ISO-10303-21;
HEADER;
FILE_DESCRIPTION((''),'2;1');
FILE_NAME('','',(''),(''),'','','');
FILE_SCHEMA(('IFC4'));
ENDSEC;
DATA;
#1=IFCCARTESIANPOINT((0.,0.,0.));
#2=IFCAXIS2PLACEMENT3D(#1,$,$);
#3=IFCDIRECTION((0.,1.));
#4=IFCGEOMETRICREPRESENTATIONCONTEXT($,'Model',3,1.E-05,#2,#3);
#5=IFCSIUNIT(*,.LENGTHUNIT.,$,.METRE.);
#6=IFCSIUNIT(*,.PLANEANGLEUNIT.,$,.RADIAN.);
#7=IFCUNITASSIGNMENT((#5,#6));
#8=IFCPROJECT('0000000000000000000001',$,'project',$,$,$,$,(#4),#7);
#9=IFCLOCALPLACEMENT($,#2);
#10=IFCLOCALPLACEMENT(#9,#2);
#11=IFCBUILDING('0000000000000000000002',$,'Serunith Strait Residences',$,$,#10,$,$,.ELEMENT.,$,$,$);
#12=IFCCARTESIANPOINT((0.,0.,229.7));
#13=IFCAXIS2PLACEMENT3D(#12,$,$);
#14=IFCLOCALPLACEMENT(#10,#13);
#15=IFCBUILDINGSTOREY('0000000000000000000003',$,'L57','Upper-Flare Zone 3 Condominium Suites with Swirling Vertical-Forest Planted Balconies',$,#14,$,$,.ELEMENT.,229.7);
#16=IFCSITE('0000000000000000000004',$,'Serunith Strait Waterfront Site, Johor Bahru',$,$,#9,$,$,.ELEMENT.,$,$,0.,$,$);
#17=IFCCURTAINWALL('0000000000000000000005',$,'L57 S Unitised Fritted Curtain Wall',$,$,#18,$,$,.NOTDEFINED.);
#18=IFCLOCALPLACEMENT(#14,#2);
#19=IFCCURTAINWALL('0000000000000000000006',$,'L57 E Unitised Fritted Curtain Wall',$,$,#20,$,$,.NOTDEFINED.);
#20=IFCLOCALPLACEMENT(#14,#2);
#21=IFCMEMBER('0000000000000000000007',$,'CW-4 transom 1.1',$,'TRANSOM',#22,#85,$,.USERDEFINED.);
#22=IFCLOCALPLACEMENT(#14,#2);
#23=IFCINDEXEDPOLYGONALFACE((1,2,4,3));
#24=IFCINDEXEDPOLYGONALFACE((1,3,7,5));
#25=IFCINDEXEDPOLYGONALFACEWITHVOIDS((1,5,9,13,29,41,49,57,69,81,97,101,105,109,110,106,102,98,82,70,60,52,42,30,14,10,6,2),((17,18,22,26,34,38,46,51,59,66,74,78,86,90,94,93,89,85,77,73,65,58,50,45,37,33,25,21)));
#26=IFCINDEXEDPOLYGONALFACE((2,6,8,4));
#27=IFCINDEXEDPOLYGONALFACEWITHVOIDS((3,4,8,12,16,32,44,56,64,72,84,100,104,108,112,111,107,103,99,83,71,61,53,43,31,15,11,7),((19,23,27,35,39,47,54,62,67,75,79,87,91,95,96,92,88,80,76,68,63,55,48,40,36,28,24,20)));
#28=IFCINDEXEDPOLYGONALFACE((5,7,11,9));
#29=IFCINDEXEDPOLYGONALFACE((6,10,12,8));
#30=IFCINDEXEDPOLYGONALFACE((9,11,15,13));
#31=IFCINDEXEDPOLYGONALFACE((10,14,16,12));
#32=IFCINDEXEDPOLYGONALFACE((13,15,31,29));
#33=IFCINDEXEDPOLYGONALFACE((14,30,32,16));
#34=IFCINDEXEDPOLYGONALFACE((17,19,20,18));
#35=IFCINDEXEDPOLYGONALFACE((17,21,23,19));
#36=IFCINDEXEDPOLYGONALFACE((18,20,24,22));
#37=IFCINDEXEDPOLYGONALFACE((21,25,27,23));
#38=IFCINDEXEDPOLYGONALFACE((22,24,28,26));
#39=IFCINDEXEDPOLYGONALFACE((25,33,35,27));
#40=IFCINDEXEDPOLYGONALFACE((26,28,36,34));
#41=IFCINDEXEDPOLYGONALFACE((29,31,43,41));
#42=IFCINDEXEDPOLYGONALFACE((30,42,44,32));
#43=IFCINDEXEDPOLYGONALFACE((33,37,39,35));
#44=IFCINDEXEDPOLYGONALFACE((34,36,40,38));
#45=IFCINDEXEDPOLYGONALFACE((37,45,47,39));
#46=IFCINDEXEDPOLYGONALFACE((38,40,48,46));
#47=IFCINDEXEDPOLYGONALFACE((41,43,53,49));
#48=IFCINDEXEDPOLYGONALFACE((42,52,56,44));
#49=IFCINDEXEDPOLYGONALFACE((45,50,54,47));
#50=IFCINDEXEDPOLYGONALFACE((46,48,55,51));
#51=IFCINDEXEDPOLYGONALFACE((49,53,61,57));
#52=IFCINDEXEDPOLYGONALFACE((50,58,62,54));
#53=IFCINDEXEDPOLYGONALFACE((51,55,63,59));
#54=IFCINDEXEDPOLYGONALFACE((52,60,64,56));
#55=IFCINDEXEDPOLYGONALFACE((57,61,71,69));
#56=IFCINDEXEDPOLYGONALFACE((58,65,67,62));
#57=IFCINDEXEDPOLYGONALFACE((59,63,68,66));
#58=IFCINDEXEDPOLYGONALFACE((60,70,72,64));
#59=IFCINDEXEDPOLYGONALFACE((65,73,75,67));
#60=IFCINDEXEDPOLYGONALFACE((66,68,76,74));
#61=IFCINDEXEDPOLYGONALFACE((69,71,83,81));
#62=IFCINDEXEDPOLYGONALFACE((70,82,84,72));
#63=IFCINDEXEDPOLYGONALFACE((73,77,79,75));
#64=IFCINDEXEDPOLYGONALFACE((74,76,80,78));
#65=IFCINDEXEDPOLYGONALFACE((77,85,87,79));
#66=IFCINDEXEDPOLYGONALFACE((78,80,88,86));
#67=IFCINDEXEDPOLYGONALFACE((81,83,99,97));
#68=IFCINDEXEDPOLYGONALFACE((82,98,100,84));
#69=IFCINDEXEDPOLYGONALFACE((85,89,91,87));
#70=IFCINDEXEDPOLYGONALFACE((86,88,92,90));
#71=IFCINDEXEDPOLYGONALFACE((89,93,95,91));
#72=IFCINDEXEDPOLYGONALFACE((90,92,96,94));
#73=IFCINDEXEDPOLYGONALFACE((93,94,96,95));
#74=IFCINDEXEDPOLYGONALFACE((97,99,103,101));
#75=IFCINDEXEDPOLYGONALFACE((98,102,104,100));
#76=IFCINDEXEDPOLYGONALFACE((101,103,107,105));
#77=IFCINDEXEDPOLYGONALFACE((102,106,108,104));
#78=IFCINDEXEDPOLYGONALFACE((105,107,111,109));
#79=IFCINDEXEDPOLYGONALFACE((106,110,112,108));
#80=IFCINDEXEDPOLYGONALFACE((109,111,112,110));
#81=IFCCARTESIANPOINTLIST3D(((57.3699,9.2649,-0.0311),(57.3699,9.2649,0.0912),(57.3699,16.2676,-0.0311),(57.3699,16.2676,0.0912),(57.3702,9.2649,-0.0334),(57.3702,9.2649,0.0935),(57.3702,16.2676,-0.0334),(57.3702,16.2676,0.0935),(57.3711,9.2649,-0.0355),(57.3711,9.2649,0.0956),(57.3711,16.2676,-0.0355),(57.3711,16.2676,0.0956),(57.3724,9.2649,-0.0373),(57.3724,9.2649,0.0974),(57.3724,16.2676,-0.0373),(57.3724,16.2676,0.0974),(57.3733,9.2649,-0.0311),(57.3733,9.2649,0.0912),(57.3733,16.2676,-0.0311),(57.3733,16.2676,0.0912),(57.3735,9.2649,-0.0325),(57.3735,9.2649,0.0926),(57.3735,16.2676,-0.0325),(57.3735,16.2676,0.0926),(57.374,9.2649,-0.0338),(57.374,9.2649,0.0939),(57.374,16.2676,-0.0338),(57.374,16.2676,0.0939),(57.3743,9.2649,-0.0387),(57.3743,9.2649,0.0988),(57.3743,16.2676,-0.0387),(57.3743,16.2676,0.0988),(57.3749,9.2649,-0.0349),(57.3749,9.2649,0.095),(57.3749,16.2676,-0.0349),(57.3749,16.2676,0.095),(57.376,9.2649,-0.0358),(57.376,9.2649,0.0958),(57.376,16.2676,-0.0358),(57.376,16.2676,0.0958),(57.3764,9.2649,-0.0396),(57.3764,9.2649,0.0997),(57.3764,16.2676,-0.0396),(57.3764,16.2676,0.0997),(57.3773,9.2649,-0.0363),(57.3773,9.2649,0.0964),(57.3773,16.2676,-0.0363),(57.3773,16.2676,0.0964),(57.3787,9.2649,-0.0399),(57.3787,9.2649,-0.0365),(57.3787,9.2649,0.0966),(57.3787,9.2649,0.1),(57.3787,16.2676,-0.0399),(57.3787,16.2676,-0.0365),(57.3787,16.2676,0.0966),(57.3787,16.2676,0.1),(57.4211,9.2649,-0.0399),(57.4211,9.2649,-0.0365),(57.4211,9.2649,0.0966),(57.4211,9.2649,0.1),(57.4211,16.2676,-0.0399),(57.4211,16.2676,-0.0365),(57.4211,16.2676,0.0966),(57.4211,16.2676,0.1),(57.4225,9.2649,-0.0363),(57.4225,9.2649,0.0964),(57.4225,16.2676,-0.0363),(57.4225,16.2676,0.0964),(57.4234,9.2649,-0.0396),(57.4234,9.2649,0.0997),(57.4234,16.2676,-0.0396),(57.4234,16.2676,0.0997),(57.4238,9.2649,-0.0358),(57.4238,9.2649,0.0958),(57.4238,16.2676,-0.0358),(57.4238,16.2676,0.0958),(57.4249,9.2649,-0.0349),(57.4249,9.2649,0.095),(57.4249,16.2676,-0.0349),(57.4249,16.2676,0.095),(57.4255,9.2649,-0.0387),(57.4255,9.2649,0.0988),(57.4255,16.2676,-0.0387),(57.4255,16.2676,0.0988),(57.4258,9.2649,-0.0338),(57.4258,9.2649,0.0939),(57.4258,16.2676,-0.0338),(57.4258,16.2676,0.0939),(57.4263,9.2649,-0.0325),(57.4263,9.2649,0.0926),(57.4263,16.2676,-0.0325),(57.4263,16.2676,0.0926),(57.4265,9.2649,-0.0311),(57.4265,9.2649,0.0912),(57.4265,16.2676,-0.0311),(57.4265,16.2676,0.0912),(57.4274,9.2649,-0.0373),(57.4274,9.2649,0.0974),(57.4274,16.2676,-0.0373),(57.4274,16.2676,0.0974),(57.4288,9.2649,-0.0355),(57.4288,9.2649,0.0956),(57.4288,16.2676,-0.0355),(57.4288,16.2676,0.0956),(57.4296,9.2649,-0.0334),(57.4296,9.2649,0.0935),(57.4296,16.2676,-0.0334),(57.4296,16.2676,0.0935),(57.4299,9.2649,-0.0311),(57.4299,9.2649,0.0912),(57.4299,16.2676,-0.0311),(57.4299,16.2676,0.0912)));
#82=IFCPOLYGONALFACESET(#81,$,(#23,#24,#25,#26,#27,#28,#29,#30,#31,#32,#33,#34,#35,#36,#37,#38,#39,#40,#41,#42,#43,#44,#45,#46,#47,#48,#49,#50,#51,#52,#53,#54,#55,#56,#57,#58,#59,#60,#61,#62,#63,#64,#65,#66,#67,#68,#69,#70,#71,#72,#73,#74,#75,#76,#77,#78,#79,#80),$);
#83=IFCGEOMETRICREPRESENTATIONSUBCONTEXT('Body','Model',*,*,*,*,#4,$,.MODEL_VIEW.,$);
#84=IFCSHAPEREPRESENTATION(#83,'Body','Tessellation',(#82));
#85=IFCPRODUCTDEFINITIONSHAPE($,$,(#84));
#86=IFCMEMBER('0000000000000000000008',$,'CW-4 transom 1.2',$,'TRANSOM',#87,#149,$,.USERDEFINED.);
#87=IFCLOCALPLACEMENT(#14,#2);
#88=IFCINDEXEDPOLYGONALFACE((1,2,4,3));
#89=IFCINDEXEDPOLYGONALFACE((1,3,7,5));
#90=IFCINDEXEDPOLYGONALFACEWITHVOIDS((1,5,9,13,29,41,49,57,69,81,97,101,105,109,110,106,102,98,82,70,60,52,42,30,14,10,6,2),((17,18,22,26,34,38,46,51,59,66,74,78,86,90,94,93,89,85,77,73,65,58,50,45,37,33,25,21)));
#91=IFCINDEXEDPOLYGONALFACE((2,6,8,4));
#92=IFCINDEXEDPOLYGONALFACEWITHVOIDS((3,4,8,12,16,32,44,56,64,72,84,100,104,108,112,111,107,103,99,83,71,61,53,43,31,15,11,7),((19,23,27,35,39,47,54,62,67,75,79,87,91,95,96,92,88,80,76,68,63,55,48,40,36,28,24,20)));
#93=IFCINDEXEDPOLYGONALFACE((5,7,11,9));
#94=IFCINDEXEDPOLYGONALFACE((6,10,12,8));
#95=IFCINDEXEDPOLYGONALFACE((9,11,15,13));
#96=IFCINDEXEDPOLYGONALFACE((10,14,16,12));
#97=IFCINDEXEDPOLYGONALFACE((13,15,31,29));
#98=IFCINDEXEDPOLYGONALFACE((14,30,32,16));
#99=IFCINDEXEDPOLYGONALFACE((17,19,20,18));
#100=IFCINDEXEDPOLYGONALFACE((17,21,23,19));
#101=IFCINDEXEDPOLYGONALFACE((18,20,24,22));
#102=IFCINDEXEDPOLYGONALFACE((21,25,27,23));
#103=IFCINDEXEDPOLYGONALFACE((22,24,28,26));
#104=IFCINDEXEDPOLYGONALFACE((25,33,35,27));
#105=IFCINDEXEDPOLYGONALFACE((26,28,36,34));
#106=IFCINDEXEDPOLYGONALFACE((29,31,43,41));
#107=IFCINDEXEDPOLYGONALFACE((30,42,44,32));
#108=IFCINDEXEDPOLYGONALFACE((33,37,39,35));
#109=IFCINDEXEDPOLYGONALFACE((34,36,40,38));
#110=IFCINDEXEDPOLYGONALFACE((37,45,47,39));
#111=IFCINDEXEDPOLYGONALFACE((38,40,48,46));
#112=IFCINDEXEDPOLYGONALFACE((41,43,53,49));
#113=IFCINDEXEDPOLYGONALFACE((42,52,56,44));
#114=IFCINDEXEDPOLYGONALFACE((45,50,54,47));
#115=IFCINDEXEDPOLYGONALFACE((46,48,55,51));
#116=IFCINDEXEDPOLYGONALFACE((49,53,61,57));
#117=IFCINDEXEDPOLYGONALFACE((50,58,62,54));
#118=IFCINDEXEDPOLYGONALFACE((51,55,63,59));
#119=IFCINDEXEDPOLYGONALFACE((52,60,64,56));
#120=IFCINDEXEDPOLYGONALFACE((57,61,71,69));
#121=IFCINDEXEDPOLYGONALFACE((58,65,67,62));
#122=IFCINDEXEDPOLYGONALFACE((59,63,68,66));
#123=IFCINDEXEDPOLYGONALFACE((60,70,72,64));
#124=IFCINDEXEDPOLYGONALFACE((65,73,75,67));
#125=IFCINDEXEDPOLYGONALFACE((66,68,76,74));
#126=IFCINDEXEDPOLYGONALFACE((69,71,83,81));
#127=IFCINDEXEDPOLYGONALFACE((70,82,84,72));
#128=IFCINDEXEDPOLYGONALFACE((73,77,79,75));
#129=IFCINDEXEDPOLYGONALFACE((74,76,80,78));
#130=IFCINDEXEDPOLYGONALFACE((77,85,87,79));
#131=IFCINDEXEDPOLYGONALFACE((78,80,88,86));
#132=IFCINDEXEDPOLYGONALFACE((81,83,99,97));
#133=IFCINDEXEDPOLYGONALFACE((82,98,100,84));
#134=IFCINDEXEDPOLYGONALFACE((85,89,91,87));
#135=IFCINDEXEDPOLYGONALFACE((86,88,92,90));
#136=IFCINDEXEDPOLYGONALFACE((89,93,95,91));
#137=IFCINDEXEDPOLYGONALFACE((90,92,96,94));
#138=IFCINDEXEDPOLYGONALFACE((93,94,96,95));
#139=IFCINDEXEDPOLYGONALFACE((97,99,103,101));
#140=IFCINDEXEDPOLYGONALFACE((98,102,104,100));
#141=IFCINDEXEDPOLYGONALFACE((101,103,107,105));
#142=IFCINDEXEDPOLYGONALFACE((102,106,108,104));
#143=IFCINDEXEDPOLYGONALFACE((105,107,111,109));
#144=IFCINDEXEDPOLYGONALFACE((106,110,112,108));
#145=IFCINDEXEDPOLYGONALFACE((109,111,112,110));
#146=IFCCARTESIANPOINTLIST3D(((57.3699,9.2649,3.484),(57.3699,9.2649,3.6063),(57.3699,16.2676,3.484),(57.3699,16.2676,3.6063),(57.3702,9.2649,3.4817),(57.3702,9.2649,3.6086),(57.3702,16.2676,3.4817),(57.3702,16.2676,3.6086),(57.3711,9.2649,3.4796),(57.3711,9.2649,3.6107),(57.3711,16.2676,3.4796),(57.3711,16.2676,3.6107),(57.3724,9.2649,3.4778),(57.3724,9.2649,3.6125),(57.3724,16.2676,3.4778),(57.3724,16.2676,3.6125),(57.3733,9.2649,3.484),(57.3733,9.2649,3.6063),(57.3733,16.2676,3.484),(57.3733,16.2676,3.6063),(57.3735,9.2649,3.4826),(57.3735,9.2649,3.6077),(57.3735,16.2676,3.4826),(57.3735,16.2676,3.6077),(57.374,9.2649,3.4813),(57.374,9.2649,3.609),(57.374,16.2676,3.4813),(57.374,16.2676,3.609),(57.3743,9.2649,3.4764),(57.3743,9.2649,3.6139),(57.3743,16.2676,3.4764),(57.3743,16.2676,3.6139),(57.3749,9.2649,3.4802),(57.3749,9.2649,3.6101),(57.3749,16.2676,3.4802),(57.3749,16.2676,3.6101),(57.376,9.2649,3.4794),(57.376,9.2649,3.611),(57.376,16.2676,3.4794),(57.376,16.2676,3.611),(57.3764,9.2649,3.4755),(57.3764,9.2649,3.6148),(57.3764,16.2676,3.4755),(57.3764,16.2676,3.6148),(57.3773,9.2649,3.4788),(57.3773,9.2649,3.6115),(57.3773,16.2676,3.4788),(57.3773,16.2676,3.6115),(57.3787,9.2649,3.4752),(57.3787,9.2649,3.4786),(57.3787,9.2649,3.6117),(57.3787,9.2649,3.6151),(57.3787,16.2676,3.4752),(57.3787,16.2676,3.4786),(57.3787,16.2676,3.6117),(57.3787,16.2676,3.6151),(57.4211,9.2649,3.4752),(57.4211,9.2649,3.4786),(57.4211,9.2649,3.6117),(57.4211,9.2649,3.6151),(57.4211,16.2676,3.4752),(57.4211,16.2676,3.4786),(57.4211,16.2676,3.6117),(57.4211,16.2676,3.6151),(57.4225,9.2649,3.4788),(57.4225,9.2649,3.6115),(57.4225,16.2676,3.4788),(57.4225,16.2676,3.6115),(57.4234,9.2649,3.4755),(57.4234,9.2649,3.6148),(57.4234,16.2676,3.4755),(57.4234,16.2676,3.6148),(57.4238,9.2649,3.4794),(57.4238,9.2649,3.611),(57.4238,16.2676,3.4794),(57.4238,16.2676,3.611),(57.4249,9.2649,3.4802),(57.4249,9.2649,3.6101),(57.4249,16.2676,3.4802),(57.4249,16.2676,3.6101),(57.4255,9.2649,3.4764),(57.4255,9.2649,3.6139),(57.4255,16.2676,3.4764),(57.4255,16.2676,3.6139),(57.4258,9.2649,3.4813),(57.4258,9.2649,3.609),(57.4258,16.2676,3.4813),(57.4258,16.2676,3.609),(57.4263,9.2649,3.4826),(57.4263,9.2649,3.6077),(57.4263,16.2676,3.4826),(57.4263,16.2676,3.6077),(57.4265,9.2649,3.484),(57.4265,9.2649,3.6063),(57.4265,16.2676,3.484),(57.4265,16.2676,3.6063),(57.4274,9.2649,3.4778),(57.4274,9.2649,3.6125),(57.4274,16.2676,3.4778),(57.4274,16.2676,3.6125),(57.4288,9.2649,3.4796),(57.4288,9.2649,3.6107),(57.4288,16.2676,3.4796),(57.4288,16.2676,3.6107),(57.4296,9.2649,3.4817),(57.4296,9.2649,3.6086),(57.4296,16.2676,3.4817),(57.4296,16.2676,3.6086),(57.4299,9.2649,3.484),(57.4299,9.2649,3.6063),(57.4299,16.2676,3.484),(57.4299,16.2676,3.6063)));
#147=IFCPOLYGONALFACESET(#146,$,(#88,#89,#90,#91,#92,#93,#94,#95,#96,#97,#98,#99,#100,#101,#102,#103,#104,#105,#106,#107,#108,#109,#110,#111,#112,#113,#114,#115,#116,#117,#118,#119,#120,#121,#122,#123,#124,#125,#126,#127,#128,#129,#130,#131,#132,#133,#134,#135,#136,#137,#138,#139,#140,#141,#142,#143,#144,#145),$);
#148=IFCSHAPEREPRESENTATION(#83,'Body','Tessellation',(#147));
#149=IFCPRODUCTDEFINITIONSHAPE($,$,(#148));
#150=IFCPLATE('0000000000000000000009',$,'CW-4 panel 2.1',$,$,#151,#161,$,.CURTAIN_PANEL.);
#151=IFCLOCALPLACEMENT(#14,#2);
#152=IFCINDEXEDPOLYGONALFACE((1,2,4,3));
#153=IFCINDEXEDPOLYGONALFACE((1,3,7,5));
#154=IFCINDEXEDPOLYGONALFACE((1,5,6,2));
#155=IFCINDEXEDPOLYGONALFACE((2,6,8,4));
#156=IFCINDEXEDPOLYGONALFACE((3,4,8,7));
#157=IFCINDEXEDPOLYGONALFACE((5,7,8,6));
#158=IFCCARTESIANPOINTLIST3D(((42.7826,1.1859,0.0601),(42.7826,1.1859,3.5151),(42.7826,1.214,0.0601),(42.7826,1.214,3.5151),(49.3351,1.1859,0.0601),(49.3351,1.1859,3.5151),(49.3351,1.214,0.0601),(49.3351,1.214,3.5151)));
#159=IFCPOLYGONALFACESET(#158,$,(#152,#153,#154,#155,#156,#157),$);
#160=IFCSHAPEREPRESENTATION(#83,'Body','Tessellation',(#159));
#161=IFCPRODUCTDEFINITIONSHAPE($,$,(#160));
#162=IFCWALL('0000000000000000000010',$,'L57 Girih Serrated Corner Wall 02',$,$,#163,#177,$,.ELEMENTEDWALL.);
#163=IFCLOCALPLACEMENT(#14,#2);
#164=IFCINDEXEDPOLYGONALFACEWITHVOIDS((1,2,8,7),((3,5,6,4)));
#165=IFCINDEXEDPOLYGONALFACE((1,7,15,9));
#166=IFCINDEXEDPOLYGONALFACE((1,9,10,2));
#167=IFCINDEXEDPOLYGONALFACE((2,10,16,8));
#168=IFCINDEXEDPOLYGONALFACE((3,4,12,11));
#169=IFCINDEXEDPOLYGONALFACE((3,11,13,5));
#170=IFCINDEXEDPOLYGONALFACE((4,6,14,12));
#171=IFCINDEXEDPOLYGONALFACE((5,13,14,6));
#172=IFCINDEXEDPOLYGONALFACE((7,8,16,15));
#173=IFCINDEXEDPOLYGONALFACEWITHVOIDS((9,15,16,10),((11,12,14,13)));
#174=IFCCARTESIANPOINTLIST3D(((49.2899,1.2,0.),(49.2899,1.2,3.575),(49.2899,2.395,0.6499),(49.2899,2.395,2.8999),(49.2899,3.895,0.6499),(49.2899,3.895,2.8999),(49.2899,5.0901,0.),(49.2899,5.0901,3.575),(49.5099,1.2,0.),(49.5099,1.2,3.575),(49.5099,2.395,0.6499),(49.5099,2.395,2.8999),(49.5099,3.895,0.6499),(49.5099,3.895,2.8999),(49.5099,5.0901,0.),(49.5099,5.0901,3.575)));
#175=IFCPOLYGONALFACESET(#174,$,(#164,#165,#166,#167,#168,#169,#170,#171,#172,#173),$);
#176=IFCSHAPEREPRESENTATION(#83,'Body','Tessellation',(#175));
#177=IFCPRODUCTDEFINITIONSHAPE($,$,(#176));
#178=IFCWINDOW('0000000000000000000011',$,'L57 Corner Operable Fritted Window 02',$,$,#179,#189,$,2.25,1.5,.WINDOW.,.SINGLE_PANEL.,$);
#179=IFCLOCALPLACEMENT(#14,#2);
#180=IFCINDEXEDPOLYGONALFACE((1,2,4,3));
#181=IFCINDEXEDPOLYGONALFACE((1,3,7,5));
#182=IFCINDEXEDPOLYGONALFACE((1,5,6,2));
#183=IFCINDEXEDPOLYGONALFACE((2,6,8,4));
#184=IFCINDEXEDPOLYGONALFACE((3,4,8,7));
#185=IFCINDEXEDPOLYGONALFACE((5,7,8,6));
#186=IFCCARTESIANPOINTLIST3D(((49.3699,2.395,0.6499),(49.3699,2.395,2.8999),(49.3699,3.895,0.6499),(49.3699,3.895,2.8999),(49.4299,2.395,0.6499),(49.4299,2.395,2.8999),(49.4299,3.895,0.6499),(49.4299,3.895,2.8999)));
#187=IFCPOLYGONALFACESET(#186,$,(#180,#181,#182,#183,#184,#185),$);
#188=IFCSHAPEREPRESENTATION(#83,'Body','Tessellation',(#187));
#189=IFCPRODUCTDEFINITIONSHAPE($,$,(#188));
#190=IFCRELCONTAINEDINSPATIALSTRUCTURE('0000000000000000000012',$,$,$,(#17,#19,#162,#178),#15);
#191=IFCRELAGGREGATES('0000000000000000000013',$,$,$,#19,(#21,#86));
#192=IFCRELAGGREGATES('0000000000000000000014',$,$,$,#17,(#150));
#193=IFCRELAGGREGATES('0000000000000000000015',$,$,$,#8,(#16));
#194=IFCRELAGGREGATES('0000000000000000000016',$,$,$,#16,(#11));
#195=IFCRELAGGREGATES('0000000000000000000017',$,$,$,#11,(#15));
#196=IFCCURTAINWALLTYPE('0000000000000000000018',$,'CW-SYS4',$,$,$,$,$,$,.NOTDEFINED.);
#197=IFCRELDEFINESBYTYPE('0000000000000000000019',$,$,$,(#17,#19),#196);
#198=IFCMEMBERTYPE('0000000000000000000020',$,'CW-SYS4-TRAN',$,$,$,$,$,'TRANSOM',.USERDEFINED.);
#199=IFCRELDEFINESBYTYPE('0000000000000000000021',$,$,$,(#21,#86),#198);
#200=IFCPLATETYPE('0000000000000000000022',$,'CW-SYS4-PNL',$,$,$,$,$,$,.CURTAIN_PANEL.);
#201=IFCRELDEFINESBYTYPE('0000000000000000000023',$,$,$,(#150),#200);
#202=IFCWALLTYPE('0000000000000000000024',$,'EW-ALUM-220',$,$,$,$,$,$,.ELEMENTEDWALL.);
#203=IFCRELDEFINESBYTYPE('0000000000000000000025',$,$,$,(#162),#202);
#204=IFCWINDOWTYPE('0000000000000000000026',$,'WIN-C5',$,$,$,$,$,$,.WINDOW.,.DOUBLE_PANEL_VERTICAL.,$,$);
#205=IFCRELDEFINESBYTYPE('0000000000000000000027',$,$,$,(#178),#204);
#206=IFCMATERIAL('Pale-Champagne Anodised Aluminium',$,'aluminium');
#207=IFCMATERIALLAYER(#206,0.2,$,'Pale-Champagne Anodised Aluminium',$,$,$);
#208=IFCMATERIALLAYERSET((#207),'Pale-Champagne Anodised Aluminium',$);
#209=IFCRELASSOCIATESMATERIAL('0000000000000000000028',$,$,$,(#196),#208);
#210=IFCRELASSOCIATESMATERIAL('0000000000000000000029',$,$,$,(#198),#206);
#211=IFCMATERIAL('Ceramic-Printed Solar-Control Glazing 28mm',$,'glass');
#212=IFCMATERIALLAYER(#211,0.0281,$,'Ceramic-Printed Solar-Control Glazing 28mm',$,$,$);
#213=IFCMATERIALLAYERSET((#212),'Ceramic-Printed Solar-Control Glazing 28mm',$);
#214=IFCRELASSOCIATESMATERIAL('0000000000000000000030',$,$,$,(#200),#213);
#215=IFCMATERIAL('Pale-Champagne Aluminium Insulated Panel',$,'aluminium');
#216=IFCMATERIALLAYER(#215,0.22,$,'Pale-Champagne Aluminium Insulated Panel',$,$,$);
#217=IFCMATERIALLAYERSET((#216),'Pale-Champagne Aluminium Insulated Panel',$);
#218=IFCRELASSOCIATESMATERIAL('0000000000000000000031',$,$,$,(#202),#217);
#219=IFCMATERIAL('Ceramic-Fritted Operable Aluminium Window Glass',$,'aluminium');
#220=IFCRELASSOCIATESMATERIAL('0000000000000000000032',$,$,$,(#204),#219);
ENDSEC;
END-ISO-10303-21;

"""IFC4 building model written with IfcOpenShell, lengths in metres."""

from ifc_helpers import new_model, si_unit, direction, frame, frame_2d, origin, origin_2d, place, context, subcontext, project, spatial, rectangle, hollow_rectangle, extrude, source, transform, mapped, material, layer, layer_set, material_profile, profile_set, type_object, element, fill, aggregate, save


model = new_model("IFC4")

# Units and contexts
model_context = context("Model", 3, precision=1e-05, world=origin(), true_north=direction((0.0, 1.0)))
body_context = subcontext(model_context, "Body", "Model", "MODEL_VIEW")
ifc_project = project(units=[si_unit("LENGTHUNIT", "METRE"), si_unit("PLANEANGLEUNIT", "RADIAN")], contexts=[model_context])

# Site, building, storey
site_placement = place(None, origin())
site = spatial("IfcSite", under=ifc_project, at=site_placement, Name="Serunith Strait Waterfront Site, Johor Bahru", CompositionType="ELEMENT", RefElevation=0.0)
building_placement = place(site_placement, origin())
building = spatial("IfcBuilding", under=site, at=building_placement, Name="Serunith Strait Residences", CompositionType="ELEMENT")
storey_placement = place(building_placement, frame((0.0, 0.0, 229.7)))
storey = spatial("IfcBuildingStorey", under=building, at=storey_placement, Name="L57", Description="Upper-Flare Zone 3 Condominium Suites with Swirling Vertical-Forest Planted Balconies", CompositionType="ELEMENT", Elevation=229.7)

# Curtain wall
ifc_material_1 = material(Name="Pale-Champagne Anodised Aluminium", Category="aluminium")
ifc_layer_1 = layer(ifc_material_1, 0.2, Name="Pale-Champagne Anodised Aluminium")
ifc_layer_set_1 = layer_set([ifc_layer_1], Name="Pale-Champagne Anodised Aluminium")
curtain_wall_type = type_object("IfcCurtainWallType", Name="CW-SYS4", PredefinedType="NOTDEFINED", material=ifc_layer_set_1)
curtain_wall_1_placement = place(storey_placement, origin())
curtain_wall_1 = element("IfcCurtainWall", 1, at=curtain_wall_1_placement, inside=storey, type_object=curtain_wall_type, Name="L57 S Unitised Fritted Curtain Wall", PredefinedType="NOTDEFINED")

# Curtain wall, members
curtain_wall_2_placement = place(storey_placement, origin())
curtain_wall_2 = element("IfcCurtainWall", 2, at=curtain_wall_2_placement, inside=storey, type_object=curtain_wall_type, Name="L57 E Unitised Fritted Curtain Wall", PredefinedType="NOTDEFINED")
ifc_material_profile_1 = material_profile(ifc_material_1, hollow_rectangle(XDim=0.0601, YDim=0.1399, WallThickness=0.0034, InnerFilletRadius=0.0054, OuterFilletRadius=0.0088, at=origin_2d()), Name="ALU 140x60x3.5")
ifc_profile_set_1 = profile_set([ifc_material_profile_1], Name="Pale-Champagne Anodised Aluminium")
member_type_1 = type_object("IfcMemberType", Name="CW-SYS4-TRAN", ElementType="TRANSOM", PredefinedType="USERDEFINED", material=ifc_profile_set_1)
shared_shape_1 = source(origin(), body_context, "Body", "SweptSolid", [
    extrude(hollow_rectangle(XDim=0.0601, YDim=0.1399, WallThickness=0.0034, InnerFilletRadius=0.0054, OuterFilletRadius=0.0088, at=origin_2d()), origin(), (0.0, 0.0, 1.0), 7.0027),
])
member_1_placement = place(storey_placement, frame((57.3999, 9.2649, 0.03), z_axis=(0.0, 1.0, 0.0), x_axis=(-1.0, 0.0, 0.0)))
member_1 = element("IfcMember", 3, at=member_1_placement, type_object=member_type_1, Name="CW-4 transom 1.1", ObjectType="TRANSOM", PredefinedType="USERDEFINED", context=body_context, shape_type="MappedRepresentation", body=[
    mapped(shared_shape_1, transform((0.0, 0.0, 0.0), scale=1.0)),
])
member_2_placement = place(storey_placement, frame((57.3999, 9.2649, 3.5452), z_axis=(0.0, 1.0, 0.0), x_axis=(-1.0, 0.0, 0.0)))
member_2 = element("IfcMember", 4, at=member_2_placement, type_object=member_type_1, Name="CW-4 transom 1.2", ObjectType="TRANSOM", PredefinedType="USERDEFINED", context=body_context, shape_type="MappedRepresentation", body=[
    mapped(shared_shape_1, transform((0.0, 0.0, 0.0), scale=1.0)),
])
aggregate(curtain_wall_2, [member_1, member_2])

# Plate
ifc_material_2 = material(Name="Ceramic-Printed Solar-Control Glazing 28mm", Category="glass")
ifc_layer_2 = layer(ifc_material_2, 0.0281, Name="Ceramic-Printed Solar-Control Glazing 28mm")
ifc_layer_set_2 = layer_set([ifc_layer_2], Name="Ceramic-Printed Solar-Control Glazing 28mm")
plate_type = type_object("IfcPlateType", Name="CW-SYS4-PNL", PredefinedType="CURTAIN_PANEL", material=ifc_layer_set_2)
shared_shape_2 = source(origin(), body_context, "Body", "SweptSolid", [
    extrude(rectangle(XDim=6.5525, YDim=0.0281, at=origin_2d()), origin(), (0.0, 0.0, 1.0), 3.4551),
])
plate_placement = place(storey_placement, frame((46.0588, 1.2, 0.0601), z_axis=(0.0, 0.0, 1.0), x_axis=(1.0, 0.0, 0.0)))
plate = element("IfcPlate", 5, at=plate_placement, type_object=plate_type, Name="CW-4 panel 2.1", PredefinedType="CURTAIN_PANEL", context=body_context, shape_type="MappedRepresentation", body=[
    mapped(shared_shape_2, transform((0.0, 0.0, 0.0), scale=1.0)),
])
aggregate(curtain_wall_1, [plate])

# Wall, opening, window
ifc_material_3 = material(Name="Pale-Champagne Aluminium Insulated Panel", Category="aluminium")
ifc_layer_3 = layer(ifc_material_3, 0.22, Name="Pale-Champagne Aluminium Insulated Panel")
ifc_layer_set_3 = layer_set([ifc_layer_3], Name="Pale-Champagne Aluminium Insulated Panel")
wall_type_1 = type_object("IfcWallType", Name="EW-ALUM-220", PredefinedType="ELEMENTEDWALL", material=ifc_layer_set_3)
wall_1_placement = place(storey_placement, frame((49.3999, 1.2, 0.0), z_axis=(0.0, 0.0, 1.0), x_axis=(0.0, 1.0, 0.0)))
wall_1 = element("IfcWall", 6, at=wall_1_placement, inside=storey, type_object=wall_type_1, Name="L57 Girih Serrated Corner Wall 02", PredefinedType="ELEMENTEDWALL", context=body_context, shape_type="SweptSolid", body=[
    extrude(rectangle(XDim=3.8901, YDim=0.22, at=frame_2d((1.9451, 0.0))), origin(), (0.0, 0.0, 1.0), 3.575),
])
opening_1_placement = place(wall_1_placement, frame((1.1951, 0.0, 0.6499)))
opening_1 = element("IfcOpeningElement", 7, at=opening_1_placement, cuts=wall_1, PredefinedType="OPENING", context=body_context, shape_type="SweptSolid", body=[
    extrude(rectangle(XDim=1.5, YDim=2.25, at=frame_2d((0.75, 1.125))), frame((0.0, 0.1201, 0.0), z_axis=(0.0, -1.0, 0.0), x_axis=(1.0, 0.0, 0.0)), (0.0, 0.0, 1.0), 0.24),
])
ifc_material_4 = material(Name="Ceramic-Fritted Operable Aluminium Window Glass", Category="aluminium")
window_type = type_object("IfcWindowType", Name="WIN-C5", PartitioningType="DOUBLE_PANEL_VERTICAL", PredefinedType="WINDOW", material=ifc_material_4)
shared_shape_3 = source(origin(), body_context, "Body", "SweptSolid", [
    extrude(rectangle(XDim=1.5, YDim=2.25, at=frame_2d((0.75, 1.125))), frame((0.0, 0.03, 0.0), z_axis=(0.0, -1.0, 0.0), x_axis=(1.0, 0.0, 0.0)), (0.0, 0.0, 1.0), 0.0601),
])
window_1_placement = place(opening_1_placement, origin())
window_1 = element("IfcWindow", 8, at=window_1_placement, inside=storey, type_object=window_type, Name="L57 Corner Operable Fritted Window 02", OverallHeight=2.25, OverallWidth=1.5, PartitioningType="SINGLE_PANEL", PredefinedType="WINDOW", context=body_context, shape_type="MappedRepresentation", body=[
    mapped(shared_shape_3, transform((0.0, 0.0, 0.0), scale=1.0)),
])
fill(opening_1, window_1)

save(model, "model.ifc")
